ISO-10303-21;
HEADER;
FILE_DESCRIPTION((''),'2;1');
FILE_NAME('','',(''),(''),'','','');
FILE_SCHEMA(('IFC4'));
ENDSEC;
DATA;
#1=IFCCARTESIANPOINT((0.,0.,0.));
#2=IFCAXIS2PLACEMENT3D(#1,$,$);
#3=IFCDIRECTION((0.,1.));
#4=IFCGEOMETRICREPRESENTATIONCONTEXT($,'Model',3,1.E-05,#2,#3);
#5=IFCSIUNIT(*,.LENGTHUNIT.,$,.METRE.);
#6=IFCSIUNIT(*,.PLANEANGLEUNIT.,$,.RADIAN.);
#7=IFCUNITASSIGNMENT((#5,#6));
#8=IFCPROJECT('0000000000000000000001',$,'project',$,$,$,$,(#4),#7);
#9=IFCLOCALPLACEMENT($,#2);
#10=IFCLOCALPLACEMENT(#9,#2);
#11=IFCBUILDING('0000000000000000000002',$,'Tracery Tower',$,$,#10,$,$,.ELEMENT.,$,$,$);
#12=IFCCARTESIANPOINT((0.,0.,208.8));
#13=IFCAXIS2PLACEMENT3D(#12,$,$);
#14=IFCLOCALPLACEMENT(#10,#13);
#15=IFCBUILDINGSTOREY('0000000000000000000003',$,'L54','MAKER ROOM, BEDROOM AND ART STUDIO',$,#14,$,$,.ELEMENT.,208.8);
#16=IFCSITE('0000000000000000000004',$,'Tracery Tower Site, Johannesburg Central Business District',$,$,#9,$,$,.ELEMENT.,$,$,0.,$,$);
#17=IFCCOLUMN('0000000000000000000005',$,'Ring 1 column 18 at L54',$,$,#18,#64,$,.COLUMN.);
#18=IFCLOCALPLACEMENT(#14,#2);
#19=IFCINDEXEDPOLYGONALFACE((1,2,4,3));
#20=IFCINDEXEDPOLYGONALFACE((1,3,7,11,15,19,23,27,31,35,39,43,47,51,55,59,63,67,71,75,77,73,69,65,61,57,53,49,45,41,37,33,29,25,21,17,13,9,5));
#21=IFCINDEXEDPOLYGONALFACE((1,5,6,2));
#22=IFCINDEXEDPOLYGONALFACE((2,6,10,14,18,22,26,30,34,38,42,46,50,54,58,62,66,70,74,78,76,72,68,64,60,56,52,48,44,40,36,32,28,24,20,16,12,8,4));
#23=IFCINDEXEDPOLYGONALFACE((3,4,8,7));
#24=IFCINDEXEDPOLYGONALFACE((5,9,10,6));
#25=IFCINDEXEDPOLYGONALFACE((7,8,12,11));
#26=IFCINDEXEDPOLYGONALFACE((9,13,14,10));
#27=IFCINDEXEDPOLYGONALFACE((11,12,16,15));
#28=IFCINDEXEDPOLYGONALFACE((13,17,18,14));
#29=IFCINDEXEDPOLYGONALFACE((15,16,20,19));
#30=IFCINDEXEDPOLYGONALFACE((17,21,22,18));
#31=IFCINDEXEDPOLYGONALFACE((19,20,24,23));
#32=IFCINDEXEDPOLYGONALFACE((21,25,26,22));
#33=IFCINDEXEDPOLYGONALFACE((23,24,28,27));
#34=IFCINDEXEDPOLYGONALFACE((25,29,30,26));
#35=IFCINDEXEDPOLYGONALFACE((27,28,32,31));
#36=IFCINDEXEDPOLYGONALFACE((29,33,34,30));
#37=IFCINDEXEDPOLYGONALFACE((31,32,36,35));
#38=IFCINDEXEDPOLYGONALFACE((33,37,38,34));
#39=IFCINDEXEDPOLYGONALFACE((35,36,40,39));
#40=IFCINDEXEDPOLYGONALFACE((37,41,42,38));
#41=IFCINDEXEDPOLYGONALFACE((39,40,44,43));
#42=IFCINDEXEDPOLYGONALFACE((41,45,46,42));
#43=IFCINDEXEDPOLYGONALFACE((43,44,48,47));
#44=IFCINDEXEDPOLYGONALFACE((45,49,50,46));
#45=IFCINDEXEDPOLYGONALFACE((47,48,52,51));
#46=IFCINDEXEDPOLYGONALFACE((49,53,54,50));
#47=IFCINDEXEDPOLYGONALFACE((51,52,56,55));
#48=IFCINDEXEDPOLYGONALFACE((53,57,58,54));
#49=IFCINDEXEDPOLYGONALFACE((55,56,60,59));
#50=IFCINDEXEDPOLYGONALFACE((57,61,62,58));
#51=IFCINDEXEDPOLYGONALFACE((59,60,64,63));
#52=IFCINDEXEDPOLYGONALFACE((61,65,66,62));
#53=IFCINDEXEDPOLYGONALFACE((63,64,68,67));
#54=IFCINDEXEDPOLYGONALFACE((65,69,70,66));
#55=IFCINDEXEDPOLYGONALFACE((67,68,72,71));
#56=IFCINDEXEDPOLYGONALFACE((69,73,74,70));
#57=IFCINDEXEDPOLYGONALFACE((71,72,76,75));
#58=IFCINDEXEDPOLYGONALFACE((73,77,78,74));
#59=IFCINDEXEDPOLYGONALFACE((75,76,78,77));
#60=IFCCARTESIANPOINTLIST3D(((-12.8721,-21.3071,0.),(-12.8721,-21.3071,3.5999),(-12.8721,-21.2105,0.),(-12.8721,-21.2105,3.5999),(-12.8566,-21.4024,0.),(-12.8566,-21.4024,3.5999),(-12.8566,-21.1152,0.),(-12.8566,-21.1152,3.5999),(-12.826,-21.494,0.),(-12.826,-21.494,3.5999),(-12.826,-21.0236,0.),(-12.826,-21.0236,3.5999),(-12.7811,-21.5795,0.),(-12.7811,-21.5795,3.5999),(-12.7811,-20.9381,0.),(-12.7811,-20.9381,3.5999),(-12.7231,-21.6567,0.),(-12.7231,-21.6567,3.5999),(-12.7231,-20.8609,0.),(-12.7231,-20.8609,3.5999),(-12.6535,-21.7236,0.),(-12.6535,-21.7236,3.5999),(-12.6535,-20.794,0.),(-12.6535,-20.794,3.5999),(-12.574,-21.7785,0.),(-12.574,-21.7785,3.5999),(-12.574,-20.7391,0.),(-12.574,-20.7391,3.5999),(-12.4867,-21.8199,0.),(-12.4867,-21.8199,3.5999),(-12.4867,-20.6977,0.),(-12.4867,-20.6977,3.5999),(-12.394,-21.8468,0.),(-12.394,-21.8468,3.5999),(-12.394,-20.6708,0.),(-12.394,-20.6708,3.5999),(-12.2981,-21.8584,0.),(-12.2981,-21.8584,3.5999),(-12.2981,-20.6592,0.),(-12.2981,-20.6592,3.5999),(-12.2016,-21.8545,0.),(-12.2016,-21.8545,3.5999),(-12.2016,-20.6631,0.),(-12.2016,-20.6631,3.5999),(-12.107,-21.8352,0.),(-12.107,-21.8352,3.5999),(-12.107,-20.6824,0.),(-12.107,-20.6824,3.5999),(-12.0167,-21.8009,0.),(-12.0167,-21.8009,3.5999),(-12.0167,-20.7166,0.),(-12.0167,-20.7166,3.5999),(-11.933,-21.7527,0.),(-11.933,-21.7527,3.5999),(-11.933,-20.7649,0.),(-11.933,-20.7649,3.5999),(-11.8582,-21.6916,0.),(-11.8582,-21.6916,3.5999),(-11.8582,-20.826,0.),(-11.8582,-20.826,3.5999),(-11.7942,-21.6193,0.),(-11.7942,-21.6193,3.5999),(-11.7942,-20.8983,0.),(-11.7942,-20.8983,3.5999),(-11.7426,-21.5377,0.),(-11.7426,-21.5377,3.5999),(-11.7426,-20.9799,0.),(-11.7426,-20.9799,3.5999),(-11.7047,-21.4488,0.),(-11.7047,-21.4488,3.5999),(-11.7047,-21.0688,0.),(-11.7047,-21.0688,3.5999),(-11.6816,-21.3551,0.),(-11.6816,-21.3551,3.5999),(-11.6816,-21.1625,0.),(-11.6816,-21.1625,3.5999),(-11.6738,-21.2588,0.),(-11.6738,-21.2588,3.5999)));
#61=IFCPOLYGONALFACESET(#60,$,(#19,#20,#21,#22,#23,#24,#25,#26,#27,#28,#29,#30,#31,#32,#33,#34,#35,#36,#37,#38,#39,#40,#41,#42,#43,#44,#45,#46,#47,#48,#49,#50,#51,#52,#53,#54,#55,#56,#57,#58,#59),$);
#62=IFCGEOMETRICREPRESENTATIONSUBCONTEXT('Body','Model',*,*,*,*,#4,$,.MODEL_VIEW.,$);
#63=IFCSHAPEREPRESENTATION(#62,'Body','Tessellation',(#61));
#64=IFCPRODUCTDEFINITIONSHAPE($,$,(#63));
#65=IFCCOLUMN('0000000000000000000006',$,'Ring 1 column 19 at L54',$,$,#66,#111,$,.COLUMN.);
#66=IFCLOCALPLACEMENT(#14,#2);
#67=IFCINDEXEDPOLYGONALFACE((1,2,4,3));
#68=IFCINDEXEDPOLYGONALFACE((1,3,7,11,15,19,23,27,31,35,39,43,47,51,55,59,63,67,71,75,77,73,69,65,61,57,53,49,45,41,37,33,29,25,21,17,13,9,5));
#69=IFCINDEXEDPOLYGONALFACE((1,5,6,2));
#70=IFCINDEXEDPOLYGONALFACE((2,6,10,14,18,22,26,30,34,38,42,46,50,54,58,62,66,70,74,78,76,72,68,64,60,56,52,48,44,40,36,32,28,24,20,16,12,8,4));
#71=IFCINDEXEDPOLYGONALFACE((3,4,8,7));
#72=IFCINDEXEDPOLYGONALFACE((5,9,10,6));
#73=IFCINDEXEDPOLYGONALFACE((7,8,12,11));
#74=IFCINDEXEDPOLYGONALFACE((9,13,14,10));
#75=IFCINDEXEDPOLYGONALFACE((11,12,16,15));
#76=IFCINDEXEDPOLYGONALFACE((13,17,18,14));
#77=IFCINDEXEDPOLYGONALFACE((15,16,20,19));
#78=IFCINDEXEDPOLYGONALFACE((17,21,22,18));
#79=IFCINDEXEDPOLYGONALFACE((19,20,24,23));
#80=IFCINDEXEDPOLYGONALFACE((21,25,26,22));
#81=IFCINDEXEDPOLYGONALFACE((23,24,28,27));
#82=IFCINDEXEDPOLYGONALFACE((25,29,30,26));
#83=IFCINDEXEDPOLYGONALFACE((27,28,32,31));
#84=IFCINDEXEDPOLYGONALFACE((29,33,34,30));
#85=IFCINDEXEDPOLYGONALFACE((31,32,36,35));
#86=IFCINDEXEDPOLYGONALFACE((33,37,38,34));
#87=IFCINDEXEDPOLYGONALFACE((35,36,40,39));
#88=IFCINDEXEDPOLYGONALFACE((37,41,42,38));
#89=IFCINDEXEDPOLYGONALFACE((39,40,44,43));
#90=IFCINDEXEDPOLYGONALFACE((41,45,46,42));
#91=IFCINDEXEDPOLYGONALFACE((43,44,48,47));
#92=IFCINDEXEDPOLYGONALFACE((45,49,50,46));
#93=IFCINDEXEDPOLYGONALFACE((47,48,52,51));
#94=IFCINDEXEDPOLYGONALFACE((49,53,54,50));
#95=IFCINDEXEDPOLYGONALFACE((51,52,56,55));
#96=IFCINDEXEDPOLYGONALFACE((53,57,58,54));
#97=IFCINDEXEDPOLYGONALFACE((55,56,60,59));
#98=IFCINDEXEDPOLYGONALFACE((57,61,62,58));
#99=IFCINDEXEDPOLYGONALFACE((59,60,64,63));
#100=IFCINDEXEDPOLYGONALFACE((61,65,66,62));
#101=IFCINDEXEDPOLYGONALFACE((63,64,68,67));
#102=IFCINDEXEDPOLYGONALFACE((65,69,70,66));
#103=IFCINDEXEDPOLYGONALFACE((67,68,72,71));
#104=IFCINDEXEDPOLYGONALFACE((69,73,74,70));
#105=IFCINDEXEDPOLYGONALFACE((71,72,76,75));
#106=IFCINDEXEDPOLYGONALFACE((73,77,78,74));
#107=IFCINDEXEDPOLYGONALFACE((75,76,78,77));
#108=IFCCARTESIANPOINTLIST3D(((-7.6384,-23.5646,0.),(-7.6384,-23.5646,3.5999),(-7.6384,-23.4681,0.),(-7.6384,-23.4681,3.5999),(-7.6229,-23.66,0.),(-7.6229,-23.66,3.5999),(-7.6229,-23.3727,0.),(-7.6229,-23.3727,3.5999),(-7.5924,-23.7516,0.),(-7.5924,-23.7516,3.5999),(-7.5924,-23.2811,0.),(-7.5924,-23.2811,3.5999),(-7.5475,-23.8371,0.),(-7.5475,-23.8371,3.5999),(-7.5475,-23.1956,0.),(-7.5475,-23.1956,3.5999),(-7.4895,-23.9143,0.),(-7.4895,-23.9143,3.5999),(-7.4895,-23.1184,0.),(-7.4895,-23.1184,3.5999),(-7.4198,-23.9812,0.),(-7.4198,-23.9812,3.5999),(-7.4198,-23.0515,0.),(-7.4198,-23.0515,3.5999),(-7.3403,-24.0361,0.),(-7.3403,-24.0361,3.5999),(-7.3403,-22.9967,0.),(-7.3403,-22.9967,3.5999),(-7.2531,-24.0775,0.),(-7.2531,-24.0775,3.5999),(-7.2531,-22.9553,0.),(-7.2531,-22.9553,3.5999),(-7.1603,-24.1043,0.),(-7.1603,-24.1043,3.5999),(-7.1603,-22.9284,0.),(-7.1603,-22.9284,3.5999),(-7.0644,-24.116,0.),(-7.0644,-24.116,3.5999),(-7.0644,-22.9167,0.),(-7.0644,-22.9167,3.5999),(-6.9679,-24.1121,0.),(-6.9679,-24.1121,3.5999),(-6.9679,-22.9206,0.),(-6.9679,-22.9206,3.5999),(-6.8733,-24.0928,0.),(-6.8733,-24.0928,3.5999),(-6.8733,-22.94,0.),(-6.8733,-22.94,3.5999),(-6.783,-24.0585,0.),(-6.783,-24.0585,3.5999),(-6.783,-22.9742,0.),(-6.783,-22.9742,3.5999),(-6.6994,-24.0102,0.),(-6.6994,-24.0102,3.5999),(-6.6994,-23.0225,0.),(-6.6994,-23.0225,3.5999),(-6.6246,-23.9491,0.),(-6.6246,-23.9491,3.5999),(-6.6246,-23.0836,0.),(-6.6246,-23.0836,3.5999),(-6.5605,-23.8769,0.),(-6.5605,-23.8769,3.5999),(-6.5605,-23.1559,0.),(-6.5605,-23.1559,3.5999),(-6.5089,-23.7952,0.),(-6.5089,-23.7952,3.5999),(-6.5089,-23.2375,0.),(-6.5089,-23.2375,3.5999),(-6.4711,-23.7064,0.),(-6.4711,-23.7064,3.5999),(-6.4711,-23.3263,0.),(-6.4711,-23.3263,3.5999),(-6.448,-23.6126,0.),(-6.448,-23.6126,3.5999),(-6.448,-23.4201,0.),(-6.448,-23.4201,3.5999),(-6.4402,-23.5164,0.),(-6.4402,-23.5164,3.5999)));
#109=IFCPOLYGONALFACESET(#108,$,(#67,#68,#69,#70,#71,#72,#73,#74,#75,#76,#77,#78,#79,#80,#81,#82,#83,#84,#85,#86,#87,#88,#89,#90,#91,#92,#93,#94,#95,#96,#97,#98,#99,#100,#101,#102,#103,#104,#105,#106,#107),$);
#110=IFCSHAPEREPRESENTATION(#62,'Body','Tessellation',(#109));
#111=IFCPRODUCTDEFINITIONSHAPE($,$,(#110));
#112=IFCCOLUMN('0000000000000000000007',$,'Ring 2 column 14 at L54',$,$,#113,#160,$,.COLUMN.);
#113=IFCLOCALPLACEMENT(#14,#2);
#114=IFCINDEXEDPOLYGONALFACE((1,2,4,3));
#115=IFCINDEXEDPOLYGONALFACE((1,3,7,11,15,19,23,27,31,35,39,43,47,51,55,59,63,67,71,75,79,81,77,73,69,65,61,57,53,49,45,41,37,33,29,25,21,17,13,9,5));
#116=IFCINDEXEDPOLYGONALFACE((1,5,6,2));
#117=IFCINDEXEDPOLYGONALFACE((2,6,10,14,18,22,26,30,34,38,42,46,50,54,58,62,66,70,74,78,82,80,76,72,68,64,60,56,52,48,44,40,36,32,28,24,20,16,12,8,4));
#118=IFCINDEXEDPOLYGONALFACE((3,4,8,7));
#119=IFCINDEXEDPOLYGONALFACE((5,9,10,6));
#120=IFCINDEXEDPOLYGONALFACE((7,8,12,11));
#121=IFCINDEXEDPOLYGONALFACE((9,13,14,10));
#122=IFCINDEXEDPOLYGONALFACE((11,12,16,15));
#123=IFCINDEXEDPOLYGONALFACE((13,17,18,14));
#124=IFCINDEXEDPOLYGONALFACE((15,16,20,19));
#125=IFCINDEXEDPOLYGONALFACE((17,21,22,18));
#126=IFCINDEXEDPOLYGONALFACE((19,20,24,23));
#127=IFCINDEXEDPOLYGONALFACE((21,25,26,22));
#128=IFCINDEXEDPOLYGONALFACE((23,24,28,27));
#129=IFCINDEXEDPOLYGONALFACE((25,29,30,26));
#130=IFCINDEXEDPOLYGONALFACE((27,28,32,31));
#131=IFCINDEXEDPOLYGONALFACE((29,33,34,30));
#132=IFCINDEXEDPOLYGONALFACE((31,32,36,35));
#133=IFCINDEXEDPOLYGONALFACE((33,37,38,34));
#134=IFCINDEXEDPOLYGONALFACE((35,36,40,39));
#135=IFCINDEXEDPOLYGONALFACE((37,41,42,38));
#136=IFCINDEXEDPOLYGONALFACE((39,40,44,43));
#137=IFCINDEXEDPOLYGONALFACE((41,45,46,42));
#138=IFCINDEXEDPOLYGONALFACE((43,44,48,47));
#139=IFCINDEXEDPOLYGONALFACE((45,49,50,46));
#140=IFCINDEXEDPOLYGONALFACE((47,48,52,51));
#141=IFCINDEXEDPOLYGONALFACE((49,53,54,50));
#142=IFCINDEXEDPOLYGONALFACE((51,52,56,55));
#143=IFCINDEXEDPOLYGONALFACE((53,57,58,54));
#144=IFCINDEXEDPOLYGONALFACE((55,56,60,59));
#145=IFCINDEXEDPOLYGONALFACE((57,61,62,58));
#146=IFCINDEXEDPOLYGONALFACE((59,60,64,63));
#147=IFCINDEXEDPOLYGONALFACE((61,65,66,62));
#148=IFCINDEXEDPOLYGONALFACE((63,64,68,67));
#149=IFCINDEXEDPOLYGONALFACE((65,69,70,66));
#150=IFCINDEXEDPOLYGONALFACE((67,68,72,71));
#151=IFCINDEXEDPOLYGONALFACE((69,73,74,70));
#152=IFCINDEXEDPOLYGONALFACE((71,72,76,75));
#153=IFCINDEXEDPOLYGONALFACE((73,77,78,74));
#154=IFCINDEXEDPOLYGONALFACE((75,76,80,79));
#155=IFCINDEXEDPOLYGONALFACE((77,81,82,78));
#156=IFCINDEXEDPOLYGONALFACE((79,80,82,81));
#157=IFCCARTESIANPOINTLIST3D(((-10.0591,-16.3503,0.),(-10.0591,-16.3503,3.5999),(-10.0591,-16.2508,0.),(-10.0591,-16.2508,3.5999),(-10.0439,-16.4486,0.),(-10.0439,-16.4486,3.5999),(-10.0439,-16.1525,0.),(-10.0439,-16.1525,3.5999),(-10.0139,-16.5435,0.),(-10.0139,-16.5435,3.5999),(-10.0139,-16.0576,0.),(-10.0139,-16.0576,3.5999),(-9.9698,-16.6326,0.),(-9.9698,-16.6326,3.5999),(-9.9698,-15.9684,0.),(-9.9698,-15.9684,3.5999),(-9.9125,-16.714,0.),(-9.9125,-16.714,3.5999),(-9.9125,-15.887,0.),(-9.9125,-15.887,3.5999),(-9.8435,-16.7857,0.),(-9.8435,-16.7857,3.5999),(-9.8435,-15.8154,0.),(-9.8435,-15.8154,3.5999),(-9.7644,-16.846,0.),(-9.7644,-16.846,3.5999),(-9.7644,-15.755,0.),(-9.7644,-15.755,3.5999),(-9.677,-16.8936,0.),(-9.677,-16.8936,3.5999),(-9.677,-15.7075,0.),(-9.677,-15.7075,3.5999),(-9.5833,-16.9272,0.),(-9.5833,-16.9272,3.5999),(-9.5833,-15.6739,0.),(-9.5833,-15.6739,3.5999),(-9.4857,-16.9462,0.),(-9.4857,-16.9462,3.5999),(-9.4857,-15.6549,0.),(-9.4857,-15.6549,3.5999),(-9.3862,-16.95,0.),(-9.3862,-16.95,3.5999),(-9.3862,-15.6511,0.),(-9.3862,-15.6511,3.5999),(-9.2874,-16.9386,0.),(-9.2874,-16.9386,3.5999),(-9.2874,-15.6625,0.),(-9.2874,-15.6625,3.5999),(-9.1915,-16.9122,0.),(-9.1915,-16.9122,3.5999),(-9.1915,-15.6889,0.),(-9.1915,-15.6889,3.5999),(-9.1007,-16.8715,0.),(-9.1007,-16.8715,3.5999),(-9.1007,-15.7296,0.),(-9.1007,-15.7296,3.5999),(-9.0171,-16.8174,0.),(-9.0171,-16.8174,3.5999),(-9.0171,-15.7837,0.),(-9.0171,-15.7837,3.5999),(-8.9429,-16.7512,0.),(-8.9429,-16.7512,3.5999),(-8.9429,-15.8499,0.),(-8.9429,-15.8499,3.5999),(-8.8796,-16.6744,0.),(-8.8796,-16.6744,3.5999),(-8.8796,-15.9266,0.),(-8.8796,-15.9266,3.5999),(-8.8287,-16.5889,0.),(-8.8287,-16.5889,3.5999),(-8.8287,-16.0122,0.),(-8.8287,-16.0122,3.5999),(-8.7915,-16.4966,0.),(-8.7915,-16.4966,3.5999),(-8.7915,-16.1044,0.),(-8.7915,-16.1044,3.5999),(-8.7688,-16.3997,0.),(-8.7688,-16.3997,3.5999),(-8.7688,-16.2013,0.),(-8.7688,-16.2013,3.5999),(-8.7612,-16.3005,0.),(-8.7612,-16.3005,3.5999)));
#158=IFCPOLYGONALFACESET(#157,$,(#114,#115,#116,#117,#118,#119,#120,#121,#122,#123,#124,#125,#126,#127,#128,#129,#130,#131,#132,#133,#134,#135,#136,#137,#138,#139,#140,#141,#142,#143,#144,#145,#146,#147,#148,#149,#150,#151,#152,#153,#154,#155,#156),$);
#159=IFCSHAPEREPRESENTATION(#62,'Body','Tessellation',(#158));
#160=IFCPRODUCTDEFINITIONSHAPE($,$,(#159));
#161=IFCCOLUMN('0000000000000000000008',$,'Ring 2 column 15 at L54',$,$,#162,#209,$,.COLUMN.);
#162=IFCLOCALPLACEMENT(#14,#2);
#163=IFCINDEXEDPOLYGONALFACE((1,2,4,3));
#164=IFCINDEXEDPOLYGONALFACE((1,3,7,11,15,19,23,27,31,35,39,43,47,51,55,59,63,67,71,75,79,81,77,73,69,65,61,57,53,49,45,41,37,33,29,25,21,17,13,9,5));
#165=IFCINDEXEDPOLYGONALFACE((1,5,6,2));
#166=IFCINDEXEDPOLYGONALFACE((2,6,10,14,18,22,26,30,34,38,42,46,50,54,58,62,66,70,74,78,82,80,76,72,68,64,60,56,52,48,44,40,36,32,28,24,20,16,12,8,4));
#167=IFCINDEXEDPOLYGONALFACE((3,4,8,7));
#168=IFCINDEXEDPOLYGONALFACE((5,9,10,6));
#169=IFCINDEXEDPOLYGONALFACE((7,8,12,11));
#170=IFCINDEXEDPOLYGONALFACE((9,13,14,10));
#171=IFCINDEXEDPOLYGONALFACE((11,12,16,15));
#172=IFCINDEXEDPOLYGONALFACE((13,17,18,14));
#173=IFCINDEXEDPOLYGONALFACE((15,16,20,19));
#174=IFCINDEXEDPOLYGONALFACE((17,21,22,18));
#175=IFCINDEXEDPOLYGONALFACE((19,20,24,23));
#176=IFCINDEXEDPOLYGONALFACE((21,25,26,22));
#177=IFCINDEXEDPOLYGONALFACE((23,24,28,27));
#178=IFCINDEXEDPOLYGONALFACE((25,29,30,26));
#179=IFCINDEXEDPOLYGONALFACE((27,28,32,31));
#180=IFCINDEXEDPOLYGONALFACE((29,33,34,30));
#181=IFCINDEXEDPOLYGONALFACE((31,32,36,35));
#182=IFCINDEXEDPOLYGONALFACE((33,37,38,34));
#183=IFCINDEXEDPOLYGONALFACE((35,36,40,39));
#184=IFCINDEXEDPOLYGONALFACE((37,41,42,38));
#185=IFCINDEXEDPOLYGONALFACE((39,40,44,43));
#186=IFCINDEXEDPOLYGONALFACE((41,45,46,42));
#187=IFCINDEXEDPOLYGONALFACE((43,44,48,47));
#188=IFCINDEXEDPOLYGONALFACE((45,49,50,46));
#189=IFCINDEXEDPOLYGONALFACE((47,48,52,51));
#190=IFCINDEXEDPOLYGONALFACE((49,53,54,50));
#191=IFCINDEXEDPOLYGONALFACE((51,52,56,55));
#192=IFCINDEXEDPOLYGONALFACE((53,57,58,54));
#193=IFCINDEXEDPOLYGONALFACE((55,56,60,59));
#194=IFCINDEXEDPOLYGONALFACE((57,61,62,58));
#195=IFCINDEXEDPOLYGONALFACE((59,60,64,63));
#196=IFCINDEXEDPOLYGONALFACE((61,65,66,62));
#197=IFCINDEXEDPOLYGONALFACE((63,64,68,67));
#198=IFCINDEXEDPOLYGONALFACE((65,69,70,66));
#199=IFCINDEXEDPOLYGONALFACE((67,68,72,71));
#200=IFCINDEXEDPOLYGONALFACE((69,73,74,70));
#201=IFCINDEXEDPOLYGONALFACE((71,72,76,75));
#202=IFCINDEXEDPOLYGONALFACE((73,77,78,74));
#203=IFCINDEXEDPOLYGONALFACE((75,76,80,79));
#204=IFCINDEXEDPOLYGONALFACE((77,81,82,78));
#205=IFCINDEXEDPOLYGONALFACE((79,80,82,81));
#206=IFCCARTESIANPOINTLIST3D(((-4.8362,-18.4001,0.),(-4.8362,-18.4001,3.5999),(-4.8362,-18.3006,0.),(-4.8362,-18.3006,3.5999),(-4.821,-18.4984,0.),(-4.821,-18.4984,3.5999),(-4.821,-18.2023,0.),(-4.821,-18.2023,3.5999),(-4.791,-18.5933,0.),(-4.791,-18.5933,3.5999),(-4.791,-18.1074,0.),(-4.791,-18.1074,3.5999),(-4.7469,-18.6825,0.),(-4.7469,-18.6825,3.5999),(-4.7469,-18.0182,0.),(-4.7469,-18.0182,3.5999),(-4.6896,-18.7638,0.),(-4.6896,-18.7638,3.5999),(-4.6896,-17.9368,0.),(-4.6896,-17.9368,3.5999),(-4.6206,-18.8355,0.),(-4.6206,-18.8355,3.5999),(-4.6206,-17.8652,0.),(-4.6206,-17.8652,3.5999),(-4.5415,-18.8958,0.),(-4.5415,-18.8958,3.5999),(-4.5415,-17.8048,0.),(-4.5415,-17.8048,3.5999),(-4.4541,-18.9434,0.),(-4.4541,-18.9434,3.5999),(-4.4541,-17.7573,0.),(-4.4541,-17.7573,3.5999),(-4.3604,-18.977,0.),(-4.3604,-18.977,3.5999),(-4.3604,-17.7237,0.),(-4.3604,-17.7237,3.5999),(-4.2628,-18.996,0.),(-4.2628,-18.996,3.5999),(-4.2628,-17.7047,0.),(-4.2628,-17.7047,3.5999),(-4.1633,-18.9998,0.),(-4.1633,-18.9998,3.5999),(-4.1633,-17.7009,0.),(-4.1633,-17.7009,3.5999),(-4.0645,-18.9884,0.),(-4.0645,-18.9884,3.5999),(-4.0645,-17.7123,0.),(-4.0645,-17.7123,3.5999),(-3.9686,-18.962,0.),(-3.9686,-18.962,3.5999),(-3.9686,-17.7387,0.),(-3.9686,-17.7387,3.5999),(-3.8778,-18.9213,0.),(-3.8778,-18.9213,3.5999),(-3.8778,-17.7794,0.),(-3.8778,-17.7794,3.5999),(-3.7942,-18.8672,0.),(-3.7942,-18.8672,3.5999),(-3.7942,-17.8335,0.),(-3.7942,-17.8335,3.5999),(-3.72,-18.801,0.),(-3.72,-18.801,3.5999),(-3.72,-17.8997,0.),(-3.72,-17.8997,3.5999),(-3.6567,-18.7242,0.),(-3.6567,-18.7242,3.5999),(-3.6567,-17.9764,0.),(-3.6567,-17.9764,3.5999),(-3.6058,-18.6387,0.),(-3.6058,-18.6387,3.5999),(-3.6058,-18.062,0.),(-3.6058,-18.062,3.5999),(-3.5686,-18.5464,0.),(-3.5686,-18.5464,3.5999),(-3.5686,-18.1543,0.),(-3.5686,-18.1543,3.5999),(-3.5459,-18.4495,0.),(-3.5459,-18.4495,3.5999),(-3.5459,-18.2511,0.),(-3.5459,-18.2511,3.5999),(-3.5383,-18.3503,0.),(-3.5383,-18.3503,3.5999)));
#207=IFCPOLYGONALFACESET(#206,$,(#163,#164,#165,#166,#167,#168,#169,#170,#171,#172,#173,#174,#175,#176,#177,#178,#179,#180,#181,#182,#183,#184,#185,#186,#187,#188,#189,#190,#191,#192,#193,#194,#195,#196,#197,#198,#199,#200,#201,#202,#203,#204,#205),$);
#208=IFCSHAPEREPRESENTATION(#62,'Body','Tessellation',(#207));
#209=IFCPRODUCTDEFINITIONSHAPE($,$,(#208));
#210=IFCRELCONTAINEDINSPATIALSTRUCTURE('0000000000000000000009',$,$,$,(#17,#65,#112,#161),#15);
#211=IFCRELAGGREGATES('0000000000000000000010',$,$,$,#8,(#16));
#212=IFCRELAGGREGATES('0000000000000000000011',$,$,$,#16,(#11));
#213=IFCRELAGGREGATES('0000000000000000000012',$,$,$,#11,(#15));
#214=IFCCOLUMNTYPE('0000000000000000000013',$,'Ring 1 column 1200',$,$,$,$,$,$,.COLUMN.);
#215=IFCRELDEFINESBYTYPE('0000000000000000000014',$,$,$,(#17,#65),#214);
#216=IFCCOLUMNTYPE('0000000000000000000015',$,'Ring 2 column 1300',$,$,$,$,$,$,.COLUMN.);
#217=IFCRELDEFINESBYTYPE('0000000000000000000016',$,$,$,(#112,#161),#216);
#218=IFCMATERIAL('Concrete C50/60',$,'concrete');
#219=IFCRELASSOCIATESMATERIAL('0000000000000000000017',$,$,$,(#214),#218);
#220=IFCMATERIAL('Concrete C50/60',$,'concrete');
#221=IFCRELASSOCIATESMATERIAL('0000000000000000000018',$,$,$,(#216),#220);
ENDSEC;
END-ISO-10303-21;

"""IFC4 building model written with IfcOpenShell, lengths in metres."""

from ifc_helpers import new_model, si_unit, direction, frame, origin, origin_2d, place, context, subcontext, project, spatial, circle, extrude, material, material_profile, profile_set, type_object, element, save


model = new_model("IFC4")

# Units and contexts
model_context = context("Model", 3, precision=1e-05, world=origin(), true_north=direction((0.0, 1.0)))
body_context = subcontext(model_context, "Body", "Model", "MODEL_VIEW")
ifc_project = project(units=[si_unit("LENGTHUNIT", "METRE"), si_unit("PLANEANGLEUNIT", "RADIAN")], contexts=[model_context])

# Site, building, storey
site_placement = place(None, origin())
site = spatial("IfcSite", under=ifc_project, at=site_placement, Name="Tracery Tower Site, Johannesburg Central Business District", CompositionType="ELEMENT", RefElevation=0.0)
building_placement = place(site_placement, origin())
building = spatial("IfcBuilding", under=site, at=building_placement, Name="Tracery Tower", CompositionType="ELEMENT")
storey_placement = place(building_placement, frame((0.0, 0.0, 208.8)))
storey = spatial("IfcBuildingStorey", under=building, at=storey_placement, Name="L54", Description="MAKER ROOM, BEDROOM AND ART STUDIO", CompositionType="ELEMENT", Elevation=208.8)

# Columns
ifc_material_1 = material(Name="Concrete C50/60", Category="concrete")
ifc_material_profile_1 = material_profile(ifc_material_1, circle(Radius=0.6001, at=origin_2d()), Name="RC D1200")
ifc_profile_set_1 = profile_set([ifc_material_profile_1], Name="Concrete C50/60")
column_type_1 = type_object("IfcColumnType", Name="Ring 1 column 1200", PredefinedType="COLUMN", material=ifc_profile_set_1)
for number, where, z_axis, x_axis, name in (
    (1, (-12.2739, -21.2588, 0.0), (0.0, 0.0, 1.0), (1.0, 0.0, 0.0), "Ring 1 column 18 at L54"),
    (2, (-7.0403, -23.5164, 0.0), (0.0, 0.0, 1.0), (1.0, 0.0, 0.0), "Ring 1 column 19 at L54"),
):
    element("IfcColumn", number, at=place(storey_placement, frame(where, z_axis=z_axis, x_axis=x_axis)), inside=storey, type_object=column_type_1, Name=name, PredefinedType="COLUMN", context=body_context, shape_type="SweptSolid", body=[
        extrude(circle(Radius=0.6001, at=origin_2d()), origin(), (0.0, 0.0, 1.0), 3.5999),
    ])
ifc_material_2 = material(Name="Concrete C50/60", Category="concrete")
ifc_material_profile_2 = material_profile(ifc_material_2, circle(Radius=0.6499, at=origin_2d()), Name="RC D1300")
ifc_profile_set_2 = profile_set([ifc_material_profile_2], Name="Concrete C50/60")
column_type_2 = type_object("IfcColumnType", Name="Ring 2 column 1300", PredefinedType="COLUMN", material=ifc_profile_set_2)
for number, where, z_axis, x_axis, name in (
    (3, (-9.4111, -16.3005, 0.0), (0.0, 0.0, 1.0), (1.0, 0.0, 0.0), "Ring 2 column 14 at L54"),
    (4, (-4.1882, -18.3503, 0.0), (0.0, 0.0, 1.0), (1.0, 0.0, 0.0), "Ring 2 column 15 at L54"),
):
    element("IfcColumn", number, at=place(storey_placement, frame(where, z_axis=z_axis, x_axis=x_axis)), inside=storey, type_object=column_type_2, Name=name, PredefinedType="COLUMN", context=body_context, shape_type="SweptSolid", body=[
        extrude(circle(Radius=0.6499, at=origin_2d()), origin(), (0.0, 0.0, 1.0), 3.5999),
    ])

save(model, "model.ifc")
